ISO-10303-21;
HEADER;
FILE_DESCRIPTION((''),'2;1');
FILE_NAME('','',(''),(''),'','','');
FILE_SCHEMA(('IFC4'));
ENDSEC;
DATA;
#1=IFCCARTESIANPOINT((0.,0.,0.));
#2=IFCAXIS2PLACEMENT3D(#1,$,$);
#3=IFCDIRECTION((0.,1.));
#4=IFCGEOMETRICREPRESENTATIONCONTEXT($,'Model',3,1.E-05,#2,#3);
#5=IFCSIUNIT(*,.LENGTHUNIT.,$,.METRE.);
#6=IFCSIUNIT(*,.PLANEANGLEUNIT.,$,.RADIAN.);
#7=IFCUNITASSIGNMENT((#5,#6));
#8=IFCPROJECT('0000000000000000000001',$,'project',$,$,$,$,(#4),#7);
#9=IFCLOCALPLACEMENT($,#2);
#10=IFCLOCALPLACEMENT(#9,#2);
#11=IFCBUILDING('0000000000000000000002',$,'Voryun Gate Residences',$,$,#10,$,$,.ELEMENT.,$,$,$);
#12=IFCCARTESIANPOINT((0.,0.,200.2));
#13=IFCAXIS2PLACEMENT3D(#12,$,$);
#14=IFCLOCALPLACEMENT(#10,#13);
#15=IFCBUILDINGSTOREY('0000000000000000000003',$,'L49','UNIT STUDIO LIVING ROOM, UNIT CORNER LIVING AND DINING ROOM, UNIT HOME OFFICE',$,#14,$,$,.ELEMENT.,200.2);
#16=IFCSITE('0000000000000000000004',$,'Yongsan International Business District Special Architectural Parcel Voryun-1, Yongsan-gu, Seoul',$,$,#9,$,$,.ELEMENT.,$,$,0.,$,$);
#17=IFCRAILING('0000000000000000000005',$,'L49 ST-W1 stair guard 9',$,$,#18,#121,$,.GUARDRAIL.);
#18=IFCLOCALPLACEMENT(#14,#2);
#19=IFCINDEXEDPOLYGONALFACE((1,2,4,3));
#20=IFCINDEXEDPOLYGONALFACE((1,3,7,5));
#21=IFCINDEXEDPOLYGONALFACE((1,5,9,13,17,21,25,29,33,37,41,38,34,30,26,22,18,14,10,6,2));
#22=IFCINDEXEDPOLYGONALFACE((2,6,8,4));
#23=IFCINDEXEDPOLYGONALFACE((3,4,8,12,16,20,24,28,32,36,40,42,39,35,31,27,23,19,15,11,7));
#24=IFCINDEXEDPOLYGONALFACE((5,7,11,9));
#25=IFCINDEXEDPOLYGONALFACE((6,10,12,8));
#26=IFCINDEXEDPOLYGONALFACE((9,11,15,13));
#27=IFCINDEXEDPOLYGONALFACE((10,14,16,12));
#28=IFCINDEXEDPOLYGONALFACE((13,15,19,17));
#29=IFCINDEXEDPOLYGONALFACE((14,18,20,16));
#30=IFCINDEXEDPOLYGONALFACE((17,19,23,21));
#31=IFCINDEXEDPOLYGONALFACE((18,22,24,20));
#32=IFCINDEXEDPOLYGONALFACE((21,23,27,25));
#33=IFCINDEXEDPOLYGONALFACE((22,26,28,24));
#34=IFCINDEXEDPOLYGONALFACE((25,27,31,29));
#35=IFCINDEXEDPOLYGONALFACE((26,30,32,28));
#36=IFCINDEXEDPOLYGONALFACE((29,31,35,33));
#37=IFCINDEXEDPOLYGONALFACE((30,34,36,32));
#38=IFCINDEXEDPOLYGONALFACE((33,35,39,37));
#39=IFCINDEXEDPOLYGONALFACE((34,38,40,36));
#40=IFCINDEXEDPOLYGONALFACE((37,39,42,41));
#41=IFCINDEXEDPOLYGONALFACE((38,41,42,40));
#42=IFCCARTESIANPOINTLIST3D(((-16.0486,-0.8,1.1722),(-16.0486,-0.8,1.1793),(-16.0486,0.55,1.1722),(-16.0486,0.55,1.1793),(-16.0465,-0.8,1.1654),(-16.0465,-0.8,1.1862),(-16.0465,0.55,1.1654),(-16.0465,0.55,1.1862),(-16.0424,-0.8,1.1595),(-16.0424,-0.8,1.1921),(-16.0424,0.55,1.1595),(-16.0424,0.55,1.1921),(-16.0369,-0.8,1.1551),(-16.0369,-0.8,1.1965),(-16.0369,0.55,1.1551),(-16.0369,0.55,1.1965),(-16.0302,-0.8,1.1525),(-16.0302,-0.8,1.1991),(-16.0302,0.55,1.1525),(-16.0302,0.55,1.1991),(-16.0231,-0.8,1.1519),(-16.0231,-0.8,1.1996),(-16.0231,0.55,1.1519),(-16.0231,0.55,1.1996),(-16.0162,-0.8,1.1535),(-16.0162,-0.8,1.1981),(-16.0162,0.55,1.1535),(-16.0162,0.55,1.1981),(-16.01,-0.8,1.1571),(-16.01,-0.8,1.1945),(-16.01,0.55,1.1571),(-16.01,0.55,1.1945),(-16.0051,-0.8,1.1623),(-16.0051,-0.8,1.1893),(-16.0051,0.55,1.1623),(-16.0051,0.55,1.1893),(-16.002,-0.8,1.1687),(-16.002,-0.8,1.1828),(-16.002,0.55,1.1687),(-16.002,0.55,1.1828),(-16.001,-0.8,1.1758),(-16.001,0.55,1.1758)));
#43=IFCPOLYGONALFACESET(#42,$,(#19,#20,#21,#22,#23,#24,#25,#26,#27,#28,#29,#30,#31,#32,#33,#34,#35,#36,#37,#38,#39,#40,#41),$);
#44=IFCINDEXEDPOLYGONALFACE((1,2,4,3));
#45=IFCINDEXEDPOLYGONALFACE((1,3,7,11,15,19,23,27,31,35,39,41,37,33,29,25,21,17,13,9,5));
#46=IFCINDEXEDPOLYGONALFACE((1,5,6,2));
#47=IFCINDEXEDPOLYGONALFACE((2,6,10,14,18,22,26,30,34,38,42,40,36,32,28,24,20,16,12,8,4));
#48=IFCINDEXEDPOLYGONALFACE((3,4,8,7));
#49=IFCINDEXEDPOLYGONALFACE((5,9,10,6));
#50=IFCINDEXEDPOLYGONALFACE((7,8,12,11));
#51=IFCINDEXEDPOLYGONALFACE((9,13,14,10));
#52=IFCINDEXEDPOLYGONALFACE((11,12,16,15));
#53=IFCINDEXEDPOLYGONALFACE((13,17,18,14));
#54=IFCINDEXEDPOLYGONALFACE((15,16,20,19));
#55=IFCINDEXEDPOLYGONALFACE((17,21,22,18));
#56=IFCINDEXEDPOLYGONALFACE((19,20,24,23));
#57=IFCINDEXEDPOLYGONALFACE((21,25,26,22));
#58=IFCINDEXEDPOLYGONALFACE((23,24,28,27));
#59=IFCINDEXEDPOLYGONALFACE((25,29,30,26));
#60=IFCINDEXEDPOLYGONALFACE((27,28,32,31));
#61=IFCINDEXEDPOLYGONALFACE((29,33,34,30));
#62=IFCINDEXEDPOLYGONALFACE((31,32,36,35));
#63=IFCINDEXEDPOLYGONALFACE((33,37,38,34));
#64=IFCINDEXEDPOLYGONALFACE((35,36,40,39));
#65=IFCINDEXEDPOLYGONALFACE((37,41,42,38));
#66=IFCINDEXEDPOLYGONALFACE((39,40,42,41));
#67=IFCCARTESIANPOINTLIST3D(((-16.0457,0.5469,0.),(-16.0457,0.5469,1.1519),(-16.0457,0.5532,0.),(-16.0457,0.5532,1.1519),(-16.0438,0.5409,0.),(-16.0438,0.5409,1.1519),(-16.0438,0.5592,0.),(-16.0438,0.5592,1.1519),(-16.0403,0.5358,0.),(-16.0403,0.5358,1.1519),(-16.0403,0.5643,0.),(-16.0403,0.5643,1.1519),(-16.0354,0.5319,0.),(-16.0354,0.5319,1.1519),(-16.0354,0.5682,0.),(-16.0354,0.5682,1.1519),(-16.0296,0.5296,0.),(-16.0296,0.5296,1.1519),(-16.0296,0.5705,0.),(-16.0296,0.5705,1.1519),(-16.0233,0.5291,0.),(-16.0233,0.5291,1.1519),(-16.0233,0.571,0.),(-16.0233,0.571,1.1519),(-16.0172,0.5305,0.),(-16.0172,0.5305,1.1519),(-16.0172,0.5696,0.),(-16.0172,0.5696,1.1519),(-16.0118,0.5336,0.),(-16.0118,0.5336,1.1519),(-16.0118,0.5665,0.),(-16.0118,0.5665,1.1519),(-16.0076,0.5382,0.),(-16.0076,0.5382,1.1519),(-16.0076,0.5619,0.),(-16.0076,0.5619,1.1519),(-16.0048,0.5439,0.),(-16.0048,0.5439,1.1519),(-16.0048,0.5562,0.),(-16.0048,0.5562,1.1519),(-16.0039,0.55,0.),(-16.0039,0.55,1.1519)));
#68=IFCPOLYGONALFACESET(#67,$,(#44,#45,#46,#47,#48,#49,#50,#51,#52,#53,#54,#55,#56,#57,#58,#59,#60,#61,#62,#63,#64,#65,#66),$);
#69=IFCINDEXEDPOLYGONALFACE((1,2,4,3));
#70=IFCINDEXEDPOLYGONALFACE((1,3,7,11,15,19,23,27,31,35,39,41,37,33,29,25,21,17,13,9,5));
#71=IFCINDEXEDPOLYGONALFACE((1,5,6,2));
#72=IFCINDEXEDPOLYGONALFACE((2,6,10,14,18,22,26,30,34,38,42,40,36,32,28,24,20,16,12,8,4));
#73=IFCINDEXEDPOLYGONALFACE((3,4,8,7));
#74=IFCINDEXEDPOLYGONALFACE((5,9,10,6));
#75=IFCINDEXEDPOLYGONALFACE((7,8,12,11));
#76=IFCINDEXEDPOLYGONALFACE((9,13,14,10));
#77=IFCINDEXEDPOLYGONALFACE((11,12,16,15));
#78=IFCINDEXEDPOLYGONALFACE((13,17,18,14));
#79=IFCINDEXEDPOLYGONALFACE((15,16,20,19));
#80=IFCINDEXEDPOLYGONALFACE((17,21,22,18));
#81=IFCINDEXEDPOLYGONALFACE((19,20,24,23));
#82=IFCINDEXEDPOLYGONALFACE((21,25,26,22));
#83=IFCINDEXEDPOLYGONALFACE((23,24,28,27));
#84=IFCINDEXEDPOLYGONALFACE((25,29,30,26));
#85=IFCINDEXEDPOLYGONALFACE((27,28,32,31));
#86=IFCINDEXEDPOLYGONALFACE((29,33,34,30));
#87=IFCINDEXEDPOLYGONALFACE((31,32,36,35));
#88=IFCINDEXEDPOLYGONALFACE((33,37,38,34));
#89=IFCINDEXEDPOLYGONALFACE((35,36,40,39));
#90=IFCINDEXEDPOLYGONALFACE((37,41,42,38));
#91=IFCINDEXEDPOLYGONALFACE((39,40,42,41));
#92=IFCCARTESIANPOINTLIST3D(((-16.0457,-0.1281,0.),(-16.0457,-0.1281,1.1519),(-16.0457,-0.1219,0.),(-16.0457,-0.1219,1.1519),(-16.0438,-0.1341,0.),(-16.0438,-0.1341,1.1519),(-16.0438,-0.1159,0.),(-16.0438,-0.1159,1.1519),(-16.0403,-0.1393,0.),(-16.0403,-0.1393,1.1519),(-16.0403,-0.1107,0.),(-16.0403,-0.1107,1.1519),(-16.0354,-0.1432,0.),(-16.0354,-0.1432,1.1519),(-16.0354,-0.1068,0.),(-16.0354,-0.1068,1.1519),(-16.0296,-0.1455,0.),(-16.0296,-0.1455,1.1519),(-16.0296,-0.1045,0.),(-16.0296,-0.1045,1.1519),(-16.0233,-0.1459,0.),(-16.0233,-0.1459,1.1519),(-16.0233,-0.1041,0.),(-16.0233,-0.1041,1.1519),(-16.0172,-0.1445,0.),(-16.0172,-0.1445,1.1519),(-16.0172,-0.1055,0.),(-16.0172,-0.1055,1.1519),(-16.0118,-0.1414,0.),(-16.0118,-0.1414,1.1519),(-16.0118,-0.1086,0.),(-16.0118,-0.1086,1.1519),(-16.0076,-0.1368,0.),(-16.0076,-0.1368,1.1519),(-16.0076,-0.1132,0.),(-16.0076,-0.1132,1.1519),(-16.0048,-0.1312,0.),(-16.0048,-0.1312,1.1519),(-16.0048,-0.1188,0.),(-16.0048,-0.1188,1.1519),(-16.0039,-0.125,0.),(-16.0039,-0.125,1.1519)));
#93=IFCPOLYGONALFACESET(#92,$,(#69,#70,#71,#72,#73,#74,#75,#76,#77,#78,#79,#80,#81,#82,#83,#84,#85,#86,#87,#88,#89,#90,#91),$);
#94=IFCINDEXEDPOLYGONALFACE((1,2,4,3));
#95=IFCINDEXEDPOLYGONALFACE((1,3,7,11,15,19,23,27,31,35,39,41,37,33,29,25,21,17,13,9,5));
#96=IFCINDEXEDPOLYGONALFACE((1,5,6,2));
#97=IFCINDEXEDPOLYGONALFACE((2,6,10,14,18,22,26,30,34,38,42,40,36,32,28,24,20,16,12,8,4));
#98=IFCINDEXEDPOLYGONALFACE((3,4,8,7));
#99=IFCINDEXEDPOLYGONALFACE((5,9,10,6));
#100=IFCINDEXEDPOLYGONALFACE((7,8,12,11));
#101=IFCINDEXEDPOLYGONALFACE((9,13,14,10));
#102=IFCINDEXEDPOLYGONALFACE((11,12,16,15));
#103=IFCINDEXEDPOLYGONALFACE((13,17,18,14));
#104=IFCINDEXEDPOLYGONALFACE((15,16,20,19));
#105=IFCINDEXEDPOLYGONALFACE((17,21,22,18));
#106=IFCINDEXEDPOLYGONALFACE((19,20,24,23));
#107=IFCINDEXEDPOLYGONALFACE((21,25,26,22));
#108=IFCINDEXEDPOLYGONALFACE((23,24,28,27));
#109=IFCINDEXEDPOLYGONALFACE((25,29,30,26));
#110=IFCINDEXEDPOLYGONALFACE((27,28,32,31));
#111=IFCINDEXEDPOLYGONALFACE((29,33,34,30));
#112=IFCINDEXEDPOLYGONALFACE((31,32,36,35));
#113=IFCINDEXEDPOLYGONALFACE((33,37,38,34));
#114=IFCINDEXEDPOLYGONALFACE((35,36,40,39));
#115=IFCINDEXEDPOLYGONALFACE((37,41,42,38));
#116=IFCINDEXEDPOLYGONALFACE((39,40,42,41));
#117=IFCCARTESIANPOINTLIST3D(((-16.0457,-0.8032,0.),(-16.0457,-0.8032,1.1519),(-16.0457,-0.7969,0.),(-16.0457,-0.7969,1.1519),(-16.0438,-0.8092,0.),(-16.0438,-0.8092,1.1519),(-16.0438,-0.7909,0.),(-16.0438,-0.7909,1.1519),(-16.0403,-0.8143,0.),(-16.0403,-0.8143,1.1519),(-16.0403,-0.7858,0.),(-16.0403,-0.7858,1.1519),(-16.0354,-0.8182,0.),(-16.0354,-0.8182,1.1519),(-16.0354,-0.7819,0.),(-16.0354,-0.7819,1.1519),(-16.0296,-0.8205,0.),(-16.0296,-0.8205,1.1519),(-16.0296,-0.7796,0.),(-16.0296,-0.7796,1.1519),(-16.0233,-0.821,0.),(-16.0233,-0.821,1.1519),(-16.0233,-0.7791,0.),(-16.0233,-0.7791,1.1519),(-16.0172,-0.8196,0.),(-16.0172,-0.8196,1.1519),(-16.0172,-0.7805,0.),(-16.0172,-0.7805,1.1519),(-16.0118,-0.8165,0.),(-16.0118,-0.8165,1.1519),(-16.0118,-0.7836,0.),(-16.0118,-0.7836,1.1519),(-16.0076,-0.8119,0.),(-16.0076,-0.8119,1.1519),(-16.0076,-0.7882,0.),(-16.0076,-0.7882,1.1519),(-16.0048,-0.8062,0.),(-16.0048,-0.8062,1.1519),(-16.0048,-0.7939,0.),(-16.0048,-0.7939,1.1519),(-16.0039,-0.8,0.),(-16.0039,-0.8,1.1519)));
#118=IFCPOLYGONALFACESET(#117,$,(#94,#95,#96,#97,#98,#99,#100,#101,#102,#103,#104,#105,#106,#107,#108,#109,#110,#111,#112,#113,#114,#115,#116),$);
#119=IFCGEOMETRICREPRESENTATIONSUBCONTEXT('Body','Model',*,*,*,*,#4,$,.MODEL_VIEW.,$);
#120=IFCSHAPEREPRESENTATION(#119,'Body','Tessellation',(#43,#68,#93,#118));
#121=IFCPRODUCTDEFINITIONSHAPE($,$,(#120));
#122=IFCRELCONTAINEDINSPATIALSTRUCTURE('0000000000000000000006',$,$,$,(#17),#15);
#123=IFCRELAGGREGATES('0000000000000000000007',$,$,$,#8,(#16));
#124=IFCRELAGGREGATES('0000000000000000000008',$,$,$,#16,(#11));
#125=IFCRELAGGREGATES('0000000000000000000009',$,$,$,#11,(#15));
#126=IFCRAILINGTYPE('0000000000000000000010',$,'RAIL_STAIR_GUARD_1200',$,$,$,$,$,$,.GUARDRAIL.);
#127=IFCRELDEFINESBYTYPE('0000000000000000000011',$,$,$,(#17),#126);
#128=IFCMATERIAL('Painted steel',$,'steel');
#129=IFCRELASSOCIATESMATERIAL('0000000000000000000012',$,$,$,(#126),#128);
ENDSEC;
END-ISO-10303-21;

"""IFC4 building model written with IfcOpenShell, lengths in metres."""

from ifc_helpers import new_model, si_unit, direction, frame, origin, origin_2d, place, context, subcontext, project, spatial, circle, extrude, material, type_object, element, save


model = new_model("IFC4")

# Units and contexts
model_context = context("Model", 3, precision=1e-05, world=origin(), true_north=direction((0.0, 1.0)))
body_context = subcontext(model_context, "Body", "Model", "MODEL_VIEW")
ifc_project = project(units=[si_unit("LENGTHUNIT", "METRE"), si_unit("PLANEANGLEUNIT", "RADIAN")], contexts=[model_context])

# Site, building, storey
site_placement = place(None, origin())
site = spatial("IfcSite", under=ifc_project, at=site_placement, Name="Yongsan International Business District Special Architectural Parcel Voryun-1, Yongsan-gu, Seoul", CompositionType="ELEMENT", RefElevation=0.0)
building_placement = place(site_placement, origin())
building = spatial("IfcBuilding", under=site, at=building_placement, Name="Voryun Gate Residences", CompositionType="ELEMENT")
storey_placement = place(building_placement, frame((0.0, 0.0, 200.2)))
storey = spatial("IfcBuildingStorey", under=building, at=storey_placement, Name="L49", Description="UNIT STUDIO LIVING ROOM, UNIT CORNER LIVING AND DINING ROOM, UNIT HOME OFFICE", CompositionType="ELEMENT", Elevation=200.2)

# Railing
ifc_material_1 = material(Name="Painted steel", Category="steel")
railing_type_1 = type_object("IfcRailingType", Name="RAIL_STAIR_GUARD_1200", PredefinedType="GUARDRAIL", material=ifc_material_1)
for number, where, name in (
    (1, (-16.0249, 0.55, 0.0), "L49 ST-W1 stair guard 9"),
):
    element("IfcRailing", number, at=place(storey_placement, frame(where)), inside=storey, type_object=railing_type_1, Name=name, PredefinedType="GUARDRAIL", context=body_context, shape_type="SweptSolid", body=[
        extrude(circle(Radius=0.0239, at=origin_2d()), frame((0.0, 0.0, 1.1758), z_axis=(0.0, -1.0, 0.0), x_axis=(1.0, 0.0, 0.0)), (0.0, 0.0, 1.0), 1.3501),
        extrude(circle(Radius=0.021, at=origin_2d()), origin(), (0.0, 0.0, 1.0), 1.1519),
        extrude(circle(Radius=0.021, at=origin_2d()), frame((0.0, -0.675, 0.0)), (0.0, 0.0, 1.0), 1.1519),
        extrude(circle(Radius=0.021, at=origin_2d()), frame((0.0, -1.3501, 0.0)), (0.0, 0.0, 1.0), 1.1519),
    ])

save(model, "model.ifc")
